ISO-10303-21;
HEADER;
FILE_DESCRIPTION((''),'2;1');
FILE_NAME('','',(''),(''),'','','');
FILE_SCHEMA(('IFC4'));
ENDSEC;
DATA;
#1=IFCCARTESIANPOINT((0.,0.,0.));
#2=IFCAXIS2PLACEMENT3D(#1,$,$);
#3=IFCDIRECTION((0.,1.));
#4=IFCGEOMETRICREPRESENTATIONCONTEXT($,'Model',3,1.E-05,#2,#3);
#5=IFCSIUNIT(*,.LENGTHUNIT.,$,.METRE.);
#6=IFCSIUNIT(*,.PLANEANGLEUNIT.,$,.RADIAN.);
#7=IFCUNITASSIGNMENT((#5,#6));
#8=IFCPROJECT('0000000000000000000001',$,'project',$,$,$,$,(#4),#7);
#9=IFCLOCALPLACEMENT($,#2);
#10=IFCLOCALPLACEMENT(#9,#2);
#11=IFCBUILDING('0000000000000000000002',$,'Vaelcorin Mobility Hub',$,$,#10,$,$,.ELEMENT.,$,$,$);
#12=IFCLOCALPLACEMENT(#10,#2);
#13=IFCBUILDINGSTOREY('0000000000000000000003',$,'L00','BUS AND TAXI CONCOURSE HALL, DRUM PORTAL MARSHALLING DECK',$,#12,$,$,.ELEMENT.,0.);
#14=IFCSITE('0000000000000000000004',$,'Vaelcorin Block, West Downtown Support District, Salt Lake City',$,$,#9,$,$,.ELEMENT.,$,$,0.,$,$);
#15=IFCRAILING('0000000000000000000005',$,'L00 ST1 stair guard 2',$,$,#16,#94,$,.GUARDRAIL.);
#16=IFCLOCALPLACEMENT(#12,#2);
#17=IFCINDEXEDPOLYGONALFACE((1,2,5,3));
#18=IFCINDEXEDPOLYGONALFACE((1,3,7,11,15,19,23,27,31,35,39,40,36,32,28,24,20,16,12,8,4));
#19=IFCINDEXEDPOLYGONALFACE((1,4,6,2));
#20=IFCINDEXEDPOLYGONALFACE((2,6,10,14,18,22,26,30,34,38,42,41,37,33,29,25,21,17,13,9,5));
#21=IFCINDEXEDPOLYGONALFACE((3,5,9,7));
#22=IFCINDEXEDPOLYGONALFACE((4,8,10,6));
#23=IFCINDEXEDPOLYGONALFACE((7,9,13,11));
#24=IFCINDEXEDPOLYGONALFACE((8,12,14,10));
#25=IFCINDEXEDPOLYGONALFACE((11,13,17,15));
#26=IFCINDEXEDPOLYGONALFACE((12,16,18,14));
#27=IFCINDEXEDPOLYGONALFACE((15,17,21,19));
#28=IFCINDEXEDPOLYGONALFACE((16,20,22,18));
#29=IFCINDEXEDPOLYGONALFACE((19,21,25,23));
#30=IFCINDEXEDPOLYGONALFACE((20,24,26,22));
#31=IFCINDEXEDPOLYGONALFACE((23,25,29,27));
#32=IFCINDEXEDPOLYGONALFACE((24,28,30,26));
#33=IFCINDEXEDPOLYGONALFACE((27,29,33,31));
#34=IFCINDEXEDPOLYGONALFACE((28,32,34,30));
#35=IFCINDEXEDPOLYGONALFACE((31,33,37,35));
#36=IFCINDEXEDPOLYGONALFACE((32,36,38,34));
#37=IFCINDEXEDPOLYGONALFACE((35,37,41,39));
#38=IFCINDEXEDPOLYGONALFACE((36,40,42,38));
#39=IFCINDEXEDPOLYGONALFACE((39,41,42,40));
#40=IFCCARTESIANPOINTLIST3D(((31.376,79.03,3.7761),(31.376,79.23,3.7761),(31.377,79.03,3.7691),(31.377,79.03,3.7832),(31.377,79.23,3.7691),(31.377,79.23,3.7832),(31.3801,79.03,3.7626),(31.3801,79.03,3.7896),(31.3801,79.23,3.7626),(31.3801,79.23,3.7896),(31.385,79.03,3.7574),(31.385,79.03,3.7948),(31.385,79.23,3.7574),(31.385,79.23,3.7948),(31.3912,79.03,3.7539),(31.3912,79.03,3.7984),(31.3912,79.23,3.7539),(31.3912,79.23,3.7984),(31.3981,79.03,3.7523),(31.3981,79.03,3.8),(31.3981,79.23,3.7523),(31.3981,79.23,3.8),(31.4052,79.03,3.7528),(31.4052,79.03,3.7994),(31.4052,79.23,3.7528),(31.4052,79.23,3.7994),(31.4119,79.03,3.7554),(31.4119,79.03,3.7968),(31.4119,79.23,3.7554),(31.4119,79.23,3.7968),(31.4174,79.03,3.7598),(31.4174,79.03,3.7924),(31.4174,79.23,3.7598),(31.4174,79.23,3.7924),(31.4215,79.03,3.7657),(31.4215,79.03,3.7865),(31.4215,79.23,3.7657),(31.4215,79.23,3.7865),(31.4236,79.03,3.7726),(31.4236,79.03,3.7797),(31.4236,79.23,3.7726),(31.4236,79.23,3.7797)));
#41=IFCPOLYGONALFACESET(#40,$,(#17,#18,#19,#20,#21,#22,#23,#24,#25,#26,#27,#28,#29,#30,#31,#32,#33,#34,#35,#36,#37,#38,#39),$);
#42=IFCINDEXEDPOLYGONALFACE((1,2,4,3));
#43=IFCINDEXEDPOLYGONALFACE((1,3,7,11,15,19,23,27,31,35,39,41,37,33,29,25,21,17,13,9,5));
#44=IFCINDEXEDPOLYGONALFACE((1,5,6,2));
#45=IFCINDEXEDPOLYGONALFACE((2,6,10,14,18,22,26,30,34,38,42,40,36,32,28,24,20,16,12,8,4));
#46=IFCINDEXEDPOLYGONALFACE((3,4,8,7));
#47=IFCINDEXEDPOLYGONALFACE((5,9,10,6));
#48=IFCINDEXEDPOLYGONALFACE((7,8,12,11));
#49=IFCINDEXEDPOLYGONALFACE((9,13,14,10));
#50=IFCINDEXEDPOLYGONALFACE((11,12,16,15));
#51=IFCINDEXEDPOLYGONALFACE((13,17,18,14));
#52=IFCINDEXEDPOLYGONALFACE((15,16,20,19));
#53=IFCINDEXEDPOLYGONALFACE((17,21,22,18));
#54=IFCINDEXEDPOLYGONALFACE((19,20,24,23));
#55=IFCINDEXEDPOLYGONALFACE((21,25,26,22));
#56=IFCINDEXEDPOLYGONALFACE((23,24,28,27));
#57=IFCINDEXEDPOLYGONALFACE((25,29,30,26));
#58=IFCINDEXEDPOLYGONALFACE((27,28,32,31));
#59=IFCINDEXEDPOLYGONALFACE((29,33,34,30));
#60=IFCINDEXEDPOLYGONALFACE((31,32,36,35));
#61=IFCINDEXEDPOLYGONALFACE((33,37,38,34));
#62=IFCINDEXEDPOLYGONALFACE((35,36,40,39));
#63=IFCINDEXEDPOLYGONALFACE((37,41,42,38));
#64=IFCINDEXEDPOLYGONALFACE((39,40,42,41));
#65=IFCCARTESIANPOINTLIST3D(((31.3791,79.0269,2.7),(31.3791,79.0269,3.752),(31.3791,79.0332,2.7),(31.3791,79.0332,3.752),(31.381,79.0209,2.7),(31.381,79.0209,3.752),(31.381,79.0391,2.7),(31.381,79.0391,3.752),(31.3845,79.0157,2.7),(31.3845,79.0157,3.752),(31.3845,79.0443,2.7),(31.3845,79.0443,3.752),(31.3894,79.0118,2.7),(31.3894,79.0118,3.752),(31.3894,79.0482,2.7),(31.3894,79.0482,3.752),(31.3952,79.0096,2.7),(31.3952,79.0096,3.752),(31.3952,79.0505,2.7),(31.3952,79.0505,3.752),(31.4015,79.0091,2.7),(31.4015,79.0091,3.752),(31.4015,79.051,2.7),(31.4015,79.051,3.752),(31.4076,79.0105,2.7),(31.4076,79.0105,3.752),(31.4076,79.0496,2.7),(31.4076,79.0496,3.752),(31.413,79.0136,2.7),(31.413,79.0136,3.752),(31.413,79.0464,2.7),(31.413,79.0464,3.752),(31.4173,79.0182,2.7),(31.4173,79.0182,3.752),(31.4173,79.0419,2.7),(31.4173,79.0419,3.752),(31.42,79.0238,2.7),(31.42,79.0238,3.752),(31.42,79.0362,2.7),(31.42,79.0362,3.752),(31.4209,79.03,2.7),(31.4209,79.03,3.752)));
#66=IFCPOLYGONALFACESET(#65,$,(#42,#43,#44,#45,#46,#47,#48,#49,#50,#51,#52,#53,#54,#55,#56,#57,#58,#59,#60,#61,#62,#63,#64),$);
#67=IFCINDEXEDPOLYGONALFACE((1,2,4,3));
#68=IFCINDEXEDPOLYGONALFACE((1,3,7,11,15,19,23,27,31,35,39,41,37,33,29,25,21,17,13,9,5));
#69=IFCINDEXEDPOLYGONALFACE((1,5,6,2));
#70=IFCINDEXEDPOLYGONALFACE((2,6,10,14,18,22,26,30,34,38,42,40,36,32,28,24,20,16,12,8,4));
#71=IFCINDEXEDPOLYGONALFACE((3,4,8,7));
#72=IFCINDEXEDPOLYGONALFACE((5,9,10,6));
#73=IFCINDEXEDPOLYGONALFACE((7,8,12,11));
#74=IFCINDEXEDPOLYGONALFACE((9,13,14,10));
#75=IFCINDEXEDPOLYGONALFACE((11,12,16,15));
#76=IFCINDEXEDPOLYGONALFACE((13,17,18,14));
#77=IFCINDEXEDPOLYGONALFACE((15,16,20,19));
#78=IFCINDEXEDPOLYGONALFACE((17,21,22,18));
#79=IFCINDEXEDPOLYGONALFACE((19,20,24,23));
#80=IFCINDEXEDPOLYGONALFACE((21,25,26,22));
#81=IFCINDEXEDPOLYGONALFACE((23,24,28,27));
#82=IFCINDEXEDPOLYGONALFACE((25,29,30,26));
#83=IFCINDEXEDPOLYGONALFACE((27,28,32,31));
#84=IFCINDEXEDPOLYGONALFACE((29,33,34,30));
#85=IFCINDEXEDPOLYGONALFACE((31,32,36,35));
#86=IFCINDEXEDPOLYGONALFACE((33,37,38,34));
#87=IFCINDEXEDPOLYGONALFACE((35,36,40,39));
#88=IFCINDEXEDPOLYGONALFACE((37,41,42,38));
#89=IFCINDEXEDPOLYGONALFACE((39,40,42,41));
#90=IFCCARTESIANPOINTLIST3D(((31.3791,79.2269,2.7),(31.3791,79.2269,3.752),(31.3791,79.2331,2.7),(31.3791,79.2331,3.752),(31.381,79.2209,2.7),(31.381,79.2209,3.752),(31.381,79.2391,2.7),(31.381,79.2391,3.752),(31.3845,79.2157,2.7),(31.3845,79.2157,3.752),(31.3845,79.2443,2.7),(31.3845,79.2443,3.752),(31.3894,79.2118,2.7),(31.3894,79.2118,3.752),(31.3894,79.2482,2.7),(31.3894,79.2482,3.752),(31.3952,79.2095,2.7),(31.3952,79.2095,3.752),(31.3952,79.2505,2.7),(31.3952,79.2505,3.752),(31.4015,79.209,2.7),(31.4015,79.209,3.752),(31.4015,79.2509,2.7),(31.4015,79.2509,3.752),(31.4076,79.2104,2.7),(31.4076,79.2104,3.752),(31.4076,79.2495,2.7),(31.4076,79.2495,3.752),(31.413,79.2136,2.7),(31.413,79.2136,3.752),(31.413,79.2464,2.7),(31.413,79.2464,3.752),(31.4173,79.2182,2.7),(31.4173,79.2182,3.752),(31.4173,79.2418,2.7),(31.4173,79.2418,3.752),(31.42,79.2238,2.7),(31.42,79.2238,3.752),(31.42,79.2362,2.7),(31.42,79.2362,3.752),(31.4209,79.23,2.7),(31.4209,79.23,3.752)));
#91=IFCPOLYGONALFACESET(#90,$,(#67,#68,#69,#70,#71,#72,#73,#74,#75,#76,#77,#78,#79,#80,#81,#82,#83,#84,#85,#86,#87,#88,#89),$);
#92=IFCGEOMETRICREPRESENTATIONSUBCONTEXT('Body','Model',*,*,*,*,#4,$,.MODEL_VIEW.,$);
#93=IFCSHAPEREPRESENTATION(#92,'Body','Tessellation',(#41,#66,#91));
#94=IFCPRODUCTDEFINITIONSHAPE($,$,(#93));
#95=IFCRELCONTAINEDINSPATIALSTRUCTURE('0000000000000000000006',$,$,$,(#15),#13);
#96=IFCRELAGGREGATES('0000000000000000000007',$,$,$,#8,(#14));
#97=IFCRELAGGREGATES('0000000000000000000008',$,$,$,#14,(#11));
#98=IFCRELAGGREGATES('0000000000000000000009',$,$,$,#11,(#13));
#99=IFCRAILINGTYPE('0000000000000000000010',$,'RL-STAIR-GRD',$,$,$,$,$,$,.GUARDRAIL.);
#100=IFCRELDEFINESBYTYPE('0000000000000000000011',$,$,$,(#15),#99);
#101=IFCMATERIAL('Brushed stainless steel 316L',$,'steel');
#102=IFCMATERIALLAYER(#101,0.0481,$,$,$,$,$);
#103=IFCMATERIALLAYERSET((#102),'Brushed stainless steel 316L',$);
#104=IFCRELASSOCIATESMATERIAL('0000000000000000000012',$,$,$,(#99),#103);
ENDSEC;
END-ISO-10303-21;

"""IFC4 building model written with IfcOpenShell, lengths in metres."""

from ifc_helpers import new_model, si_unit, direction, frame, origin, origin_2d, place, context, subcontext, project, spatial, circle, extrude, material, layer, layer_set, type_object, element, save


model = new_model("IFC4")

# Units and contexts
model_context = context("Model", 3, precision=1e-05, world=origin(), true_north=direction((0.0, 1.0)))
body_context = subcontext(model_context, "Body", "Model", "MODEL_VIEW")
ifc_project = project(units=[si_unit("LENGTHUNIT", "METRE"), si_unit("PLANEANGLEUNIT", "RADIAN")], contexts=[model_context])

# Site, building, storey
site_placement = place(None, origin())
site = spatial("IfcSite", under=ifc_project, at=site_placement, Name="Vaelcorin Block, West Downtown Support District, Salt Lake City", CompositionType="ELEMENT", RefElevation=0.0)
building_placement = place(site_placement, origin())
building = spatial("IfcBuilding", under=site, at=building_placement, Name="Vaelcorin Mobility Hub", CompositionType="ELEMENT")
storey_placement = place(building_placement, origin())
storey = spatial("IfcBuildingStorey", under=building, at=storey_placement, Name="L00", Description="BUS AND TAXI CONCOURSE HALL, DRUM PORTAL MARSHALLING DECK", CompositionType="ELEMENT", Elevation=0.0)

# Railing
ifc_material_1 = material(Name="Brushed stainless steel 316L", Category="steel")
ifc_layer_1 = layer(ifc_material_1, 0.0481)
ifc_layer_set_1 = layer_set([ifc_layer_1], Name="Brushed stainless steel 316L")
railing_type_1 = type_object("IfcRailingType", Name="RL-STAIR-GRD", PredefinedType="GUARDRAIL", material=ifc_layer_set_1)
railing_1_placement = place(storey_placement, frame((31.3999, 79.03, 2.7)))
element("IfcRailing", 1, at=railing_1_placement, inside=storey, type_object=railing_type_1, Name="L00 ST1 stair guard 2", PredefinedType="GUARDRAIL", context=body_context, shape_type="SweptSolid", body=[
    extrude(circle(Radius=0.0239, at=origin_2d()), frame((0.0, 0.0, 1.0762), z_axis=(0.0, 1.0, 0.0), x_axis=(-1.0, 0.0, 0.0)), (0.0, 0.0, 1.0), 0.2),
    extrude(circle(Radius=0.021, at=origin_2d()), origin(), (0.0, 0.0, 1.0), 1.052),
    extrude(circle(Radius=0.021, at=origin_2d()), frame((0.0, 0.2, 0.0)), (0.0, 0.0, 1.0), 1.052),
])

save(model, "model.ifc")
